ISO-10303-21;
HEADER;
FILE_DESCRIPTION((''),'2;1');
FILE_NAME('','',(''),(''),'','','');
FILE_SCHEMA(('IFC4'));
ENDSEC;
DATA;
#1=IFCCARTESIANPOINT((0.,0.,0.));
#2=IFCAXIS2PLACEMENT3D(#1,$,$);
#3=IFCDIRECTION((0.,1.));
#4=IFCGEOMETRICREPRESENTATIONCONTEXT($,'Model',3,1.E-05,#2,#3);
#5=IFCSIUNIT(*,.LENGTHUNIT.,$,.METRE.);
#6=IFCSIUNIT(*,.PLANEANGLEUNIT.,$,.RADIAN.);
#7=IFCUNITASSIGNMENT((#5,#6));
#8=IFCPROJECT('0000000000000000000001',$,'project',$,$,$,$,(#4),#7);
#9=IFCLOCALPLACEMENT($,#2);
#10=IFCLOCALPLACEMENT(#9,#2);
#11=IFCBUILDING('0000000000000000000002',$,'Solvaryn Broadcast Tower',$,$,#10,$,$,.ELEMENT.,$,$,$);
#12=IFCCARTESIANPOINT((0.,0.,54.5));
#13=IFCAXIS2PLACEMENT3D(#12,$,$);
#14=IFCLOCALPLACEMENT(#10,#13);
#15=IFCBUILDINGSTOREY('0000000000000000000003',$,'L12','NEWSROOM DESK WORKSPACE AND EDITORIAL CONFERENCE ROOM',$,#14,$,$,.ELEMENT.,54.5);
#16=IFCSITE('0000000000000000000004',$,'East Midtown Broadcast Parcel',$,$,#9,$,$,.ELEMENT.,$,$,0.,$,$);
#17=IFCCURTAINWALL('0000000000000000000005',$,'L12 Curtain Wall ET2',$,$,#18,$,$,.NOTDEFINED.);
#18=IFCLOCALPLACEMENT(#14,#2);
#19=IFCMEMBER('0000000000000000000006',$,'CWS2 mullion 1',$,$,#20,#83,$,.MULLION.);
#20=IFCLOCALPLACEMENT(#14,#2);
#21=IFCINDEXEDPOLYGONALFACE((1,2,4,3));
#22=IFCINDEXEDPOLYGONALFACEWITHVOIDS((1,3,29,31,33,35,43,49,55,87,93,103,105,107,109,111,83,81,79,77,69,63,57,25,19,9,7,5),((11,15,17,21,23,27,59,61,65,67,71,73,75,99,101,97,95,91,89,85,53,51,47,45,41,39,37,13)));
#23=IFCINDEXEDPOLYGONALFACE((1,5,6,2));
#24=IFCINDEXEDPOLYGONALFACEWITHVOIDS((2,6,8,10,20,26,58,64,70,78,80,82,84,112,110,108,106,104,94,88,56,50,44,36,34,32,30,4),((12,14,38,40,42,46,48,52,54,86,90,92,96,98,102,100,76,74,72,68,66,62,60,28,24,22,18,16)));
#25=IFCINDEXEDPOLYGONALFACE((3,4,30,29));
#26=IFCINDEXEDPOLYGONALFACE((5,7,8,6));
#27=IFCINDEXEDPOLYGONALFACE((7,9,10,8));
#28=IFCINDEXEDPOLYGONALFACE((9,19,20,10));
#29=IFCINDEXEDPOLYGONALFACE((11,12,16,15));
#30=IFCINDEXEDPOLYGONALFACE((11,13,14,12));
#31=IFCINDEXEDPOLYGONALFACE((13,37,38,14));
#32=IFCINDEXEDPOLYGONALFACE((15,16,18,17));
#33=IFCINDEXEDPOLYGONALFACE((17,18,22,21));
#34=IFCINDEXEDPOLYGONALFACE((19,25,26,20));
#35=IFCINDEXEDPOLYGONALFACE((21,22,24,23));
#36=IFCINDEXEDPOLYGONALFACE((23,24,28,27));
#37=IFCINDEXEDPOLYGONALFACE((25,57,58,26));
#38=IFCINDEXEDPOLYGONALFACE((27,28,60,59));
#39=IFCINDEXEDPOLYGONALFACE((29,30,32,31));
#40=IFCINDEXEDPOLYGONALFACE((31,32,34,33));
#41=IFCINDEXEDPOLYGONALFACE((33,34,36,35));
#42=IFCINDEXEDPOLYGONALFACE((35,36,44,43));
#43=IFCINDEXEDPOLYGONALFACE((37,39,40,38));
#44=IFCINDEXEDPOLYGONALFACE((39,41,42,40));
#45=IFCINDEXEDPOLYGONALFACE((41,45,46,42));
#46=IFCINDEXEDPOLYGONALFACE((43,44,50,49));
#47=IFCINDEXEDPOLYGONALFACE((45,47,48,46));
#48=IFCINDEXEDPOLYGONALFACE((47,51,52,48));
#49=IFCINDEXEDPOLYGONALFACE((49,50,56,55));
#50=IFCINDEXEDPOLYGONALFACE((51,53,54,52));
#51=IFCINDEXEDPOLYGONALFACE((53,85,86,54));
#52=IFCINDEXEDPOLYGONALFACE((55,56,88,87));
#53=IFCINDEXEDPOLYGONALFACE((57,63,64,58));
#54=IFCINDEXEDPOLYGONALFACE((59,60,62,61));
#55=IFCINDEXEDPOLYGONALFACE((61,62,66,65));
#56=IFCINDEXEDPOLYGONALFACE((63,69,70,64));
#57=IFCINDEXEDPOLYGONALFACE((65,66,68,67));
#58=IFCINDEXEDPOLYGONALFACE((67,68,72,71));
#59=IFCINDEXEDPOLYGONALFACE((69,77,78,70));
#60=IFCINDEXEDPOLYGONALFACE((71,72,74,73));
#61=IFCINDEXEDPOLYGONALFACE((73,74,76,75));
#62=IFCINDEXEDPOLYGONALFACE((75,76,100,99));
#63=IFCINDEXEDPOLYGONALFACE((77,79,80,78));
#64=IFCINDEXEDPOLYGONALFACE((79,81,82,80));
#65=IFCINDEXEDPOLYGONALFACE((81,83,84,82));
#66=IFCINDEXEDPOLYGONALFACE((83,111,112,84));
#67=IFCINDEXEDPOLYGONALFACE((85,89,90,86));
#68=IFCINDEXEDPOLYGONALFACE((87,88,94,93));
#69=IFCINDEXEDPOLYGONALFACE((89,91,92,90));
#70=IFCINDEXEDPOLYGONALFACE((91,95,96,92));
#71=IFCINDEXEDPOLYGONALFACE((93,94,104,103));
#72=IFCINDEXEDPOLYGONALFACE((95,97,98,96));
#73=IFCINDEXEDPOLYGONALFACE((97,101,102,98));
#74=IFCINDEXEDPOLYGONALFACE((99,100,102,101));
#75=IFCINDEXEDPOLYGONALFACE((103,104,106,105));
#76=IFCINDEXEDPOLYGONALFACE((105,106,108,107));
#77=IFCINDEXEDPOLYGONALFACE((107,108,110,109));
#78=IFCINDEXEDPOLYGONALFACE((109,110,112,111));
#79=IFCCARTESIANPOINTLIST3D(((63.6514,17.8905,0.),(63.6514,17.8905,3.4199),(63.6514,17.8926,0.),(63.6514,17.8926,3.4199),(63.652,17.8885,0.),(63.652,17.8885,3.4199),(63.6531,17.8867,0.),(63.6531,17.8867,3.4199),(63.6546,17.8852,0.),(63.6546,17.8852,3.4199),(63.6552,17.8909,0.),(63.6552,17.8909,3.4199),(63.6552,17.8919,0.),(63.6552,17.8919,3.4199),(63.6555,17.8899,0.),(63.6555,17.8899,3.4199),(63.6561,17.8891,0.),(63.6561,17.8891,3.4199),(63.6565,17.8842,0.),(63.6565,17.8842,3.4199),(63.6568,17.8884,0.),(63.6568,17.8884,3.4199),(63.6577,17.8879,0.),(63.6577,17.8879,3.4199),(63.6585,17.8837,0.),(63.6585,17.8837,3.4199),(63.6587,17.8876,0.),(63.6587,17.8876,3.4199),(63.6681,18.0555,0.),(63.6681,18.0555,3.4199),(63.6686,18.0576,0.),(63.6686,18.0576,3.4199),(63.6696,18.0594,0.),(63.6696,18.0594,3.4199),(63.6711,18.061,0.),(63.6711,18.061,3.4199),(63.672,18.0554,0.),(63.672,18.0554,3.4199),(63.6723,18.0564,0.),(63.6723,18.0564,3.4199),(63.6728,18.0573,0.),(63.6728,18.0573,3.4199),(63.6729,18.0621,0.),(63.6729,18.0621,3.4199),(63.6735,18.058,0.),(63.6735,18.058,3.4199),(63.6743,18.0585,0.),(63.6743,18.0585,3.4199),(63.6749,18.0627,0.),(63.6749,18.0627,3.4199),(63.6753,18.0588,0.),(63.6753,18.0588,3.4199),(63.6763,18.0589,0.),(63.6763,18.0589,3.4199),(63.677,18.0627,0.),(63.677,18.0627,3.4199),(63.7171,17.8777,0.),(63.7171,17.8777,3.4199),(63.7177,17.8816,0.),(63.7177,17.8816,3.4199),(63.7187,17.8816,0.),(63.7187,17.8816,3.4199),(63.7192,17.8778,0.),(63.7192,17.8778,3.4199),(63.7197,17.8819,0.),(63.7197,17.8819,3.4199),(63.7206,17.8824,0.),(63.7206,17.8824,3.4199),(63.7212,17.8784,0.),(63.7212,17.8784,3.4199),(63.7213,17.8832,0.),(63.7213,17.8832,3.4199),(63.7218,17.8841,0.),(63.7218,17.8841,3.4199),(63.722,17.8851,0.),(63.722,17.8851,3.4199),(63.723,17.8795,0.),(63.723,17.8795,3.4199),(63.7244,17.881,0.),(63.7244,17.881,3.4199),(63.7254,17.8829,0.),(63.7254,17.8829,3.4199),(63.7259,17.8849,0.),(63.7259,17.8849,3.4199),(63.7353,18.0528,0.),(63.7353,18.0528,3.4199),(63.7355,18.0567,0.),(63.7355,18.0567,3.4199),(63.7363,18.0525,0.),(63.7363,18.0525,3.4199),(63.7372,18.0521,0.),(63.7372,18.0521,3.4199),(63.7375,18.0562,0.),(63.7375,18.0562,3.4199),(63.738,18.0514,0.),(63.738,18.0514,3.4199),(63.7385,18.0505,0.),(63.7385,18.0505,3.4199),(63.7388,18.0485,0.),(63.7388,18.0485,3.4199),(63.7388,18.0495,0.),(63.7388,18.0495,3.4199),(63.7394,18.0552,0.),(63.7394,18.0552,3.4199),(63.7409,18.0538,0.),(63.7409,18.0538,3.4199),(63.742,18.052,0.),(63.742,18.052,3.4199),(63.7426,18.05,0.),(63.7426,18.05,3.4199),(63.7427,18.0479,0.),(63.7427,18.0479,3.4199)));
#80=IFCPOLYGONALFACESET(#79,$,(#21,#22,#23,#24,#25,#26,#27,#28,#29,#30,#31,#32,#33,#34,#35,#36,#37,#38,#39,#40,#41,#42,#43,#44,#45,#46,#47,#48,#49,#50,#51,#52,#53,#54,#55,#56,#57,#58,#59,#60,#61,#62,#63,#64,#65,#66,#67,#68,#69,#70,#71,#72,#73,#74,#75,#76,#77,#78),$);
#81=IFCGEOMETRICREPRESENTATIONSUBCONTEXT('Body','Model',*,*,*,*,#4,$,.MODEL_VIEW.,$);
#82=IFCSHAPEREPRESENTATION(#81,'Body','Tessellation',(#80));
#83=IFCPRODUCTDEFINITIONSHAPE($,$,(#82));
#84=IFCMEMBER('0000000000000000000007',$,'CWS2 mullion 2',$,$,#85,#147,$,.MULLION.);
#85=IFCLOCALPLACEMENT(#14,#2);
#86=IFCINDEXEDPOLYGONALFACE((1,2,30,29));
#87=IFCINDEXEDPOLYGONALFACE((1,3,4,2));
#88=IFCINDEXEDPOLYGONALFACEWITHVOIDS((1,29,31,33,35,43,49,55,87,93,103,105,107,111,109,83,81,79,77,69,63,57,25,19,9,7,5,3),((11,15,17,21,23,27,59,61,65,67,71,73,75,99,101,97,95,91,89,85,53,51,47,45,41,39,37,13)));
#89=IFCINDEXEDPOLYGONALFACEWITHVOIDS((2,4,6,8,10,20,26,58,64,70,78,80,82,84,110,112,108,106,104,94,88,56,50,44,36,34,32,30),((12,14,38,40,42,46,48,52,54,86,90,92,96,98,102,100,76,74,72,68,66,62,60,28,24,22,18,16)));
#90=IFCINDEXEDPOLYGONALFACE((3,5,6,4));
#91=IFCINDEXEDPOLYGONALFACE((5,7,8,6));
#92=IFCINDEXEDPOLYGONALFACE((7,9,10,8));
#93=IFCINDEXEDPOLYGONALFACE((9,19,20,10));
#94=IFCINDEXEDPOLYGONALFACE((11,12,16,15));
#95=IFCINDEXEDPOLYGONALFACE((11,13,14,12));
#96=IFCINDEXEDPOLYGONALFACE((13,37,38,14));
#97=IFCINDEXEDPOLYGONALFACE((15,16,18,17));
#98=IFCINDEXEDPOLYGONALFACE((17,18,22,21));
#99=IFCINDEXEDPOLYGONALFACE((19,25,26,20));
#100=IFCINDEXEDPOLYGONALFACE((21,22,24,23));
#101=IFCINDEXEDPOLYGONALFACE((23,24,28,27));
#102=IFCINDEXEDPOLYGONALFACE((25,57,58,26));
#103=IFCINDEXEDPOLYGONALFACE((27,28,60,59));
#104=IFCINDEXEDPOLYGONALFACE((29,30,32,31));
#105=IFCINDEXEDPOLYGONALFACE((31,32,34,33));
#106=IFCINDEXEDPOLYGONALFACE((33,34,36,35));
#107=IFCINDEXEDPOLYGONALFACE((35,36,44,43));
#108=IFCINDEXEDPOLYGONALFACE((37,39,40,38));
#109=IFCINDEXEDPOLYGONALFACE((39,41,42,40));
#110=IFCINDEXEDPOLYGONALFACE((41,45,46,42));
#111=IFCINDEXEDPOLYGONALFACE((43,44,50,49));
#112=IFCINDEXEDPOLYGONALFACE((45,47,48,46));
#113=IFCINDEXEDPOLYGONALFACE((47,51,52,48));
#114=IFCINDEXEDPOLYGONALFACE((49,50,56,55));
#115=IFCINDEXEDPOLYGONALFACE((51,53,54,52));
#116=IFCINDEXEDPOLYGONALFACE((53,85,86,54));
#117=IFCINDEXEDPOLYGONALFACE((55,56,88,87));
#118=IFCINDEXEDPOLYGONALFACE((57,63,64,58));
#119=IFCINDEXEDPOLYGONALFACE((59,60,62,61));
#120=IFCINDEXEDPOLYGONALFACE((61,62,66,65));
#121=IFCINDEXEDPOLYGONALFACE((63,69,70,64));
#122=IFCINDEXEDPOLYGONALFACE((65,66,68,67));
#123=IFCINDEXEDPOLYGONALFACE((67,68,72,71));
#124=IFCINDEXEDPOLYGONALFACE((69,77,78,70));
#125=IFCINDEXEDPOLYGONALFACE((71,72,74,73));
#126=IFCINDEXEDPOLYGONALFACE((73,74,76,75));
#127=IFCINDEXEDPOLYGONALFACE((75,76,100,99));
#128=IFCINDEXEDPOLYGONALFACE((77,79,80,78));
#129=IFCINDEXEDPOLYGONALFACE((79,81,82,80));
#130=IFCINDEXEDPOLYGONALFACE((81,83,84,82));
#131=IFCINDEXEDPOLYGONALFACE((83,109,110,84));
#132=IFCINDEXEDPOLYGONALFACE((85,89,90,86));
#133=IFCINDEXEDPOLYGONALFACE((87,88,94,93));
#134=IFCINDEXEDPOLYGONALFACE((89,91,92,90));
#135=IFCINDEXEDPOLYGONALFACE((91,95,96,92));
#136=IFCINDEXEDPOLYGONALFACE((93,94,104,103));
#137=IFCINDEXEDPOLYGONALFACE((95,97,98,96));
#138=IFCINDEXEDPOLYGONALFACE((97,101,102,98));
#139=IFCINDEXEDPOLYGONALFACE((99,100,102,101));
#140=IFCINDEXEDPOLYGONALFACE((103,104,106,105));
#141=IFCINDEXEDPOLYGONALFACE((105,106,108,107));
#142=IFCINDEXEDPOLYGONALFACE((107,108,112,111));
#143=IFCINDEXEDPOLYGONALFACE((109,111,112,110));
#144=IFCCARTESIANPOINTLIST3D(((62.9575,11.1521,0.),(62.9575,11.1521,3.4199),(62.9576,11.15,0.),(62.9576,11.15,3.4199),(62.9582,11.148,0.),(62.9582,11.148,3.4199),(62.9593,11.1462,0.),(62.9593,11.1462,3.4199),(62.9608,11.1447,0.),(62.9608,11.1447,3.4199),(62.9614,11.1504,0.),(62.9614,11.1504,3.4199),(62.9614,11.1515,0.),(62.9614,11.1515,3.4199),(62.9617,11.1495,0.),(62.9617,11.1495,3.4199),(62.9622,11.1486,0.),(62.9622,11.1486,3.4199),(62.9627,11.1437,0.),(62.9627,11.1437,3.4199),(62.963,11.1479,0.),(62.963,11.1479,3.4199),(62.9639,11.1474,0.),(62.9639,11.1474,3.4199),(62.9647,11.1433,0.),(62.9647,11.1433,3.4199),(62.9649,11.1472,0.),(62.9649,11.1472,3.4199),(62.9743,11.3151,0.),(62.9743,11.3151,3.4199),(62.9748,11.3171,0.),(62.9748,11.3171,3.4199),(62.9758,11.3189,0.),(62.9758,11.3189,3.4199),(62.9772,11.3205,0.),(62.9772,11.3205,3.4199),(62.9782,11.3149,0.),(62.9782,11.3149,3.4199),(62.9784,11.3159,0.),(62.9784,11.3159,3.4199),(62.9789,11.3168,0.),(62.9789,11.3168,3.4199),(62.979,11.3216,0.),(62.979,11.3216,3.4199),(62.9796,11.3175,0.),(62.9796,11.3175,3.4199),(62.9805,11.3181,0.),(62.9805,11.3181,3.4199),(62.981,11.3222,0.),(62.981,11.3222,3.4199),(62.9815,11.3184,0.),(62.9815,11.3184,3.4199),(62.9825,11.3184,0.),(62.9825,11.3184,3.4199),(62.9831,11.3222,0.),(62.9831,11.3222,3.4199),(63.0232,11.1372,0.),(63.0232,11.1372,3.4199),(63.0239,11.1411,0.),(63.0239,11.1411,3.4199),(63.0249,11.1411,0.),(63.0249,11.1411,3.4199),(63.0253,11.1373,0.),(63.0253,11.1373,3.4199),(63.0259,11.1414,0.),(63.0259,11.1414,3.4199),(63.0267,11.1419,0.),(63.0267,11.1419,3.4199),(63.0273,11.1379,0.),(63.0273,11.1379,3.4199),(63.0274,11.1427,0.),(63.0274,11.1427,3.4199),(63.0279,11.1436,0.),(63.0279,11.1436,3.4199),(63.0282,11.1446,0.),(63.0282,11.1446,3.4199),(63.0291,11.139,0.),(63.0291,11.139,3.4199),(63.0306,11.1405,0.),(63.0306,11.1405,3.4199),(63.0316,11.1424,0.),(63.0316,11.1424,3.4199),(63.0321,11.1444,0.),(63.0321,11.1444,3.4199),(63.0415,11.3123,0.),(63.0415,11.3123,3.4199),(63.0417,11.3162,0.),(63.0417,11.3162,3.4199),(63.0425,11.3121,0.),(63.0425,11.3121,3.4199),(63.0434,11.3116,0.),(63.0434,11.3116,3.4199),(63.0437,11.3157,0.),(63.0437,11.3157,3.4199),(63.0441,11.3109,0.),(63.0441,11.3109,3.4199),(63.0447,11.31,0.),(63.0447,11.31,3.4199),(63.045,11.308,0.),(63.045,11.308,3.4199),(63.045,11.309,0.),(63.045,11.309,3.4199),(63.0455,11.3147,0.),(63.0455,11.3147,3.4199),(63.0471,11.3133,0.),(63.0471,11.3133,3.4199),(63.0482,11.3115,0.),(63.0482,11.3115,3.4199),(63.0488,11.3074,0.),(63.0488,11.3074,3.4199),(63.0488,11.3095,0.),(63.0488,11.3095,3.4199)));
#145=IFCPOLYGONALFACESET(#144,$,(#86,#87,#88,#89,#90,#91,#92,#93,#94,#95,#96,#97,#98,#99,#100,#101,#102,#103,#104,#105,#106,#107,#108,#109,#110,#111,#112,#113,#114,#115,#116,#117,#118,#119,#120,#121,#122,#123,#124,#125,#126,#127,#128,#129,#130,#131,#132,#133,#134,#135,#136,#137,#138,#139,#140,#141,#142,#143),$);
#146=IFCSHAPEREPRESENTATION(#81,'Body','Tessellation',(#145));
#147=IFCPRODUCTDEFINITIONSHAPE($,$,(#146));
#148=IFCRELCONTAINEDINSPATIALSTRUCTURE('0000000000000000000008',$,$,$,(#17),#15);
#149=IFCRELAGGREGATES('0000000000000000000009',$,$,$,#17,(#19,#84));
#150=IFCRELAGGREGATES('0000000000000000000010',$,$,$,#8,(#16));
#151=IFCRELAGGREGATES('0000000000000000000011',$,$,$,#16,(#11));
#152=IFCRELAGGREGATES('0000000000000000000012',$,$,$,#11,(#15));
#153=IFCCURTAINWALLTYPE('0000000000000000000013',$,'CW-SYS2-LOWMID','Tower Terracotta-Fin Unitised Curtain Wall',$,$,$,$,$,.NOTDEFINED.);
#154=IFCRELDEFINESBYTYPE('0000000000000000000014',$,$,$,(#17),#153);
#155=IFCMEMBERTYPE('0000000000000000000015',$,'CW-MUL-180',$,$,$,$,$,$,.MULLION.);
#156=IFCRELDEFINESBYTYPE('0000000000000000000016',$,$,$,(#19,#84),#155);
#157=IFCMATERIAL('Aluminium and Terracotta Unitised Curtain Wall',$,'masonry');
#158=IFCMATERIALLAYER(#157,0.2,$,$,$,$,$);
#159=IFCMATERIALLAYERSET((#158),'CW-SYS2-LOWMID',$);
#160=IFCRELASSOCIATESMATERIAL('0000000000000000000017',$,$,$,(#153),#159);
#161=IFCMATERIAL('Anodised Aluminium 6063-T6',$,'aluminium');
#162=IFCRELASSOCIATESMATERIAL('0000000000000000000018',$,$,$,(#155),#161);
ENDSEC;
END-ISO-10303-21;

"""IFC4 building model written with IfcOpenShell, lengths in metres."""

from ifc_helpers import new_model, si_unit, direction, frame, origin, origin_2d, place, context, subcontext, project, spatial, hollow_rectangle, extrude, material, layer, layer_set, material_profile, profile_set, type_object, element, aggregate, save


model = new_model("IFC4")

# Units and contexts
model_context = context("Model", 3, precision=1e-05, world=origin(), true_north=direction((0.0, 1.0)))
body_context = subcontext(model_context, "Body", "Model", "MODEL_VIEW")
ifc_project = project(units=[si_unit("LENGTHUNIT", "METRE"), si_unit("PLANEANGLEUNIT", "RADIAN")], contexts=[model_context])

# Site, building, storey
site_placement = place(None, origin())
site = spatial("IfcSite", under=ifc_project, at=site_placement, Name="East Midtown Broadcast Parcel", CompositionType="ELEMENT", RefElevation=0.0)
building_placement = place(site_placement, origin())
building = spatial("IfcBuilding", under=site, at=building_placement, Name="Solvaryn Broadcast Tower", CompositionType="ELEMENT")
storey_placement = place(building_placement, frame((0.0, 0.0, 54.5)))
storey = spatial("IfcBuildingStorey", under=building, at=storey_placement, Name="L12", Description="NEWSROOM DESK WORKSPACE AND EDITORIAL CONFERENCE ROOM", CompositionType="ELEMENT", Elevation=54.5)

# Shared definitions
ifc_material_1 = material(Name="Aluminium and Terracotta Unitised Curtain Wall", Category="masonry")
ifc_layer_1 = layer(ifc_material_1, 0.2)
ifc_layer_set_1 = layer_set([ifc_layer_1], Name="CW-SYS2-LOWMID")
curtain_wall_type = type_object("IfcCurtainWallType", Name="CW-SYS2-LOWMID", Description="Tower Terracotta-Fin Unitised Curtain Wall", PredefinedType="NOTDEFINED", material=ifc_layer_set_1)
ifc_material_2 = material(Name="Anodised Aluminium 6063-T6", Category="aluminium")
ifc_material_profile_1 = material_profile(ifc_material_2, hollow_rectangle(XDim=0.075, YDim=0.1799, WallThickness=0.0039, InnerFilletRadius=0.0039, OuterFilletRadius=0.0081, at=origin_2d()))
ifc_profile_set_1 = profile_set([ifc_material_profile_1], Name="Anodised Aluminium 6063-T6")
member_type_1 = type_object("IfcMemberType", Name="CW-MUL-180", PredefinedType="MULLION", material=ifc_profile_set_1)

# Curtain wall, members
curtain_wall_1_placement = place(storey_placement, origin())
curtain_wall_1 = element("IfcCurtainWall", 1, at=curtain_wall_1_placement, inside=storey, type_object=curtain_wall_type, Name="L12 Curtain Wall ET2", PredefinedType="NOTDEFINED")
member_1_placement = place(storey_placement, frame((63.697, 17.9702, 0.0), z_axis=(0.0, 0.0, 1.0), x_axis=(0.994743, -0.1024, 0.0)))
member_1 = element("IfcMember", 2, at=member_1_placement, type_object=member_type_1, Name="CWS2 mullion 1", PredefinedType="MULLION", context=body_context, shape_type="SweptSolid", body=[
    extrude(hollow_rectangle(XDim=0.075, YDim=0.1799, WallThickness=0.0039, InnerFilletRadius=0.0039, OuterFilletRadius=0.0081, at=origin_2d()), origin(), (0.0, 0.0, 1.0), 3.4199),
])
member_2_placement = place(storey_placement, frame((63.0032, 11.2297, 0.0), z_axis=(0.0, 0.0, 1.0), x_axis=(0.994743, -0.1024, 0.0)))
member_2 = element("IfcMember", 3, at=member_2_placement, type_object=member_type_1, Name="CWS2 mullion 2", PredefinedType="MULLION", context=body_context, shape_type="SweptSolid", body=[
    extrude(hollow_rectangle(XDim=0.075, YDim=0.1799, WallThickness=0.0039, InnerFilletRadius=0.0039, OuterFilletRadius=0.0081, at=origin_2d()), origin(), (0.0, 0.0, 1.0), 3.4199),
])
aggregate(curtain_wall_1, [member_1, member_2])

save(model, "model.ifc")
